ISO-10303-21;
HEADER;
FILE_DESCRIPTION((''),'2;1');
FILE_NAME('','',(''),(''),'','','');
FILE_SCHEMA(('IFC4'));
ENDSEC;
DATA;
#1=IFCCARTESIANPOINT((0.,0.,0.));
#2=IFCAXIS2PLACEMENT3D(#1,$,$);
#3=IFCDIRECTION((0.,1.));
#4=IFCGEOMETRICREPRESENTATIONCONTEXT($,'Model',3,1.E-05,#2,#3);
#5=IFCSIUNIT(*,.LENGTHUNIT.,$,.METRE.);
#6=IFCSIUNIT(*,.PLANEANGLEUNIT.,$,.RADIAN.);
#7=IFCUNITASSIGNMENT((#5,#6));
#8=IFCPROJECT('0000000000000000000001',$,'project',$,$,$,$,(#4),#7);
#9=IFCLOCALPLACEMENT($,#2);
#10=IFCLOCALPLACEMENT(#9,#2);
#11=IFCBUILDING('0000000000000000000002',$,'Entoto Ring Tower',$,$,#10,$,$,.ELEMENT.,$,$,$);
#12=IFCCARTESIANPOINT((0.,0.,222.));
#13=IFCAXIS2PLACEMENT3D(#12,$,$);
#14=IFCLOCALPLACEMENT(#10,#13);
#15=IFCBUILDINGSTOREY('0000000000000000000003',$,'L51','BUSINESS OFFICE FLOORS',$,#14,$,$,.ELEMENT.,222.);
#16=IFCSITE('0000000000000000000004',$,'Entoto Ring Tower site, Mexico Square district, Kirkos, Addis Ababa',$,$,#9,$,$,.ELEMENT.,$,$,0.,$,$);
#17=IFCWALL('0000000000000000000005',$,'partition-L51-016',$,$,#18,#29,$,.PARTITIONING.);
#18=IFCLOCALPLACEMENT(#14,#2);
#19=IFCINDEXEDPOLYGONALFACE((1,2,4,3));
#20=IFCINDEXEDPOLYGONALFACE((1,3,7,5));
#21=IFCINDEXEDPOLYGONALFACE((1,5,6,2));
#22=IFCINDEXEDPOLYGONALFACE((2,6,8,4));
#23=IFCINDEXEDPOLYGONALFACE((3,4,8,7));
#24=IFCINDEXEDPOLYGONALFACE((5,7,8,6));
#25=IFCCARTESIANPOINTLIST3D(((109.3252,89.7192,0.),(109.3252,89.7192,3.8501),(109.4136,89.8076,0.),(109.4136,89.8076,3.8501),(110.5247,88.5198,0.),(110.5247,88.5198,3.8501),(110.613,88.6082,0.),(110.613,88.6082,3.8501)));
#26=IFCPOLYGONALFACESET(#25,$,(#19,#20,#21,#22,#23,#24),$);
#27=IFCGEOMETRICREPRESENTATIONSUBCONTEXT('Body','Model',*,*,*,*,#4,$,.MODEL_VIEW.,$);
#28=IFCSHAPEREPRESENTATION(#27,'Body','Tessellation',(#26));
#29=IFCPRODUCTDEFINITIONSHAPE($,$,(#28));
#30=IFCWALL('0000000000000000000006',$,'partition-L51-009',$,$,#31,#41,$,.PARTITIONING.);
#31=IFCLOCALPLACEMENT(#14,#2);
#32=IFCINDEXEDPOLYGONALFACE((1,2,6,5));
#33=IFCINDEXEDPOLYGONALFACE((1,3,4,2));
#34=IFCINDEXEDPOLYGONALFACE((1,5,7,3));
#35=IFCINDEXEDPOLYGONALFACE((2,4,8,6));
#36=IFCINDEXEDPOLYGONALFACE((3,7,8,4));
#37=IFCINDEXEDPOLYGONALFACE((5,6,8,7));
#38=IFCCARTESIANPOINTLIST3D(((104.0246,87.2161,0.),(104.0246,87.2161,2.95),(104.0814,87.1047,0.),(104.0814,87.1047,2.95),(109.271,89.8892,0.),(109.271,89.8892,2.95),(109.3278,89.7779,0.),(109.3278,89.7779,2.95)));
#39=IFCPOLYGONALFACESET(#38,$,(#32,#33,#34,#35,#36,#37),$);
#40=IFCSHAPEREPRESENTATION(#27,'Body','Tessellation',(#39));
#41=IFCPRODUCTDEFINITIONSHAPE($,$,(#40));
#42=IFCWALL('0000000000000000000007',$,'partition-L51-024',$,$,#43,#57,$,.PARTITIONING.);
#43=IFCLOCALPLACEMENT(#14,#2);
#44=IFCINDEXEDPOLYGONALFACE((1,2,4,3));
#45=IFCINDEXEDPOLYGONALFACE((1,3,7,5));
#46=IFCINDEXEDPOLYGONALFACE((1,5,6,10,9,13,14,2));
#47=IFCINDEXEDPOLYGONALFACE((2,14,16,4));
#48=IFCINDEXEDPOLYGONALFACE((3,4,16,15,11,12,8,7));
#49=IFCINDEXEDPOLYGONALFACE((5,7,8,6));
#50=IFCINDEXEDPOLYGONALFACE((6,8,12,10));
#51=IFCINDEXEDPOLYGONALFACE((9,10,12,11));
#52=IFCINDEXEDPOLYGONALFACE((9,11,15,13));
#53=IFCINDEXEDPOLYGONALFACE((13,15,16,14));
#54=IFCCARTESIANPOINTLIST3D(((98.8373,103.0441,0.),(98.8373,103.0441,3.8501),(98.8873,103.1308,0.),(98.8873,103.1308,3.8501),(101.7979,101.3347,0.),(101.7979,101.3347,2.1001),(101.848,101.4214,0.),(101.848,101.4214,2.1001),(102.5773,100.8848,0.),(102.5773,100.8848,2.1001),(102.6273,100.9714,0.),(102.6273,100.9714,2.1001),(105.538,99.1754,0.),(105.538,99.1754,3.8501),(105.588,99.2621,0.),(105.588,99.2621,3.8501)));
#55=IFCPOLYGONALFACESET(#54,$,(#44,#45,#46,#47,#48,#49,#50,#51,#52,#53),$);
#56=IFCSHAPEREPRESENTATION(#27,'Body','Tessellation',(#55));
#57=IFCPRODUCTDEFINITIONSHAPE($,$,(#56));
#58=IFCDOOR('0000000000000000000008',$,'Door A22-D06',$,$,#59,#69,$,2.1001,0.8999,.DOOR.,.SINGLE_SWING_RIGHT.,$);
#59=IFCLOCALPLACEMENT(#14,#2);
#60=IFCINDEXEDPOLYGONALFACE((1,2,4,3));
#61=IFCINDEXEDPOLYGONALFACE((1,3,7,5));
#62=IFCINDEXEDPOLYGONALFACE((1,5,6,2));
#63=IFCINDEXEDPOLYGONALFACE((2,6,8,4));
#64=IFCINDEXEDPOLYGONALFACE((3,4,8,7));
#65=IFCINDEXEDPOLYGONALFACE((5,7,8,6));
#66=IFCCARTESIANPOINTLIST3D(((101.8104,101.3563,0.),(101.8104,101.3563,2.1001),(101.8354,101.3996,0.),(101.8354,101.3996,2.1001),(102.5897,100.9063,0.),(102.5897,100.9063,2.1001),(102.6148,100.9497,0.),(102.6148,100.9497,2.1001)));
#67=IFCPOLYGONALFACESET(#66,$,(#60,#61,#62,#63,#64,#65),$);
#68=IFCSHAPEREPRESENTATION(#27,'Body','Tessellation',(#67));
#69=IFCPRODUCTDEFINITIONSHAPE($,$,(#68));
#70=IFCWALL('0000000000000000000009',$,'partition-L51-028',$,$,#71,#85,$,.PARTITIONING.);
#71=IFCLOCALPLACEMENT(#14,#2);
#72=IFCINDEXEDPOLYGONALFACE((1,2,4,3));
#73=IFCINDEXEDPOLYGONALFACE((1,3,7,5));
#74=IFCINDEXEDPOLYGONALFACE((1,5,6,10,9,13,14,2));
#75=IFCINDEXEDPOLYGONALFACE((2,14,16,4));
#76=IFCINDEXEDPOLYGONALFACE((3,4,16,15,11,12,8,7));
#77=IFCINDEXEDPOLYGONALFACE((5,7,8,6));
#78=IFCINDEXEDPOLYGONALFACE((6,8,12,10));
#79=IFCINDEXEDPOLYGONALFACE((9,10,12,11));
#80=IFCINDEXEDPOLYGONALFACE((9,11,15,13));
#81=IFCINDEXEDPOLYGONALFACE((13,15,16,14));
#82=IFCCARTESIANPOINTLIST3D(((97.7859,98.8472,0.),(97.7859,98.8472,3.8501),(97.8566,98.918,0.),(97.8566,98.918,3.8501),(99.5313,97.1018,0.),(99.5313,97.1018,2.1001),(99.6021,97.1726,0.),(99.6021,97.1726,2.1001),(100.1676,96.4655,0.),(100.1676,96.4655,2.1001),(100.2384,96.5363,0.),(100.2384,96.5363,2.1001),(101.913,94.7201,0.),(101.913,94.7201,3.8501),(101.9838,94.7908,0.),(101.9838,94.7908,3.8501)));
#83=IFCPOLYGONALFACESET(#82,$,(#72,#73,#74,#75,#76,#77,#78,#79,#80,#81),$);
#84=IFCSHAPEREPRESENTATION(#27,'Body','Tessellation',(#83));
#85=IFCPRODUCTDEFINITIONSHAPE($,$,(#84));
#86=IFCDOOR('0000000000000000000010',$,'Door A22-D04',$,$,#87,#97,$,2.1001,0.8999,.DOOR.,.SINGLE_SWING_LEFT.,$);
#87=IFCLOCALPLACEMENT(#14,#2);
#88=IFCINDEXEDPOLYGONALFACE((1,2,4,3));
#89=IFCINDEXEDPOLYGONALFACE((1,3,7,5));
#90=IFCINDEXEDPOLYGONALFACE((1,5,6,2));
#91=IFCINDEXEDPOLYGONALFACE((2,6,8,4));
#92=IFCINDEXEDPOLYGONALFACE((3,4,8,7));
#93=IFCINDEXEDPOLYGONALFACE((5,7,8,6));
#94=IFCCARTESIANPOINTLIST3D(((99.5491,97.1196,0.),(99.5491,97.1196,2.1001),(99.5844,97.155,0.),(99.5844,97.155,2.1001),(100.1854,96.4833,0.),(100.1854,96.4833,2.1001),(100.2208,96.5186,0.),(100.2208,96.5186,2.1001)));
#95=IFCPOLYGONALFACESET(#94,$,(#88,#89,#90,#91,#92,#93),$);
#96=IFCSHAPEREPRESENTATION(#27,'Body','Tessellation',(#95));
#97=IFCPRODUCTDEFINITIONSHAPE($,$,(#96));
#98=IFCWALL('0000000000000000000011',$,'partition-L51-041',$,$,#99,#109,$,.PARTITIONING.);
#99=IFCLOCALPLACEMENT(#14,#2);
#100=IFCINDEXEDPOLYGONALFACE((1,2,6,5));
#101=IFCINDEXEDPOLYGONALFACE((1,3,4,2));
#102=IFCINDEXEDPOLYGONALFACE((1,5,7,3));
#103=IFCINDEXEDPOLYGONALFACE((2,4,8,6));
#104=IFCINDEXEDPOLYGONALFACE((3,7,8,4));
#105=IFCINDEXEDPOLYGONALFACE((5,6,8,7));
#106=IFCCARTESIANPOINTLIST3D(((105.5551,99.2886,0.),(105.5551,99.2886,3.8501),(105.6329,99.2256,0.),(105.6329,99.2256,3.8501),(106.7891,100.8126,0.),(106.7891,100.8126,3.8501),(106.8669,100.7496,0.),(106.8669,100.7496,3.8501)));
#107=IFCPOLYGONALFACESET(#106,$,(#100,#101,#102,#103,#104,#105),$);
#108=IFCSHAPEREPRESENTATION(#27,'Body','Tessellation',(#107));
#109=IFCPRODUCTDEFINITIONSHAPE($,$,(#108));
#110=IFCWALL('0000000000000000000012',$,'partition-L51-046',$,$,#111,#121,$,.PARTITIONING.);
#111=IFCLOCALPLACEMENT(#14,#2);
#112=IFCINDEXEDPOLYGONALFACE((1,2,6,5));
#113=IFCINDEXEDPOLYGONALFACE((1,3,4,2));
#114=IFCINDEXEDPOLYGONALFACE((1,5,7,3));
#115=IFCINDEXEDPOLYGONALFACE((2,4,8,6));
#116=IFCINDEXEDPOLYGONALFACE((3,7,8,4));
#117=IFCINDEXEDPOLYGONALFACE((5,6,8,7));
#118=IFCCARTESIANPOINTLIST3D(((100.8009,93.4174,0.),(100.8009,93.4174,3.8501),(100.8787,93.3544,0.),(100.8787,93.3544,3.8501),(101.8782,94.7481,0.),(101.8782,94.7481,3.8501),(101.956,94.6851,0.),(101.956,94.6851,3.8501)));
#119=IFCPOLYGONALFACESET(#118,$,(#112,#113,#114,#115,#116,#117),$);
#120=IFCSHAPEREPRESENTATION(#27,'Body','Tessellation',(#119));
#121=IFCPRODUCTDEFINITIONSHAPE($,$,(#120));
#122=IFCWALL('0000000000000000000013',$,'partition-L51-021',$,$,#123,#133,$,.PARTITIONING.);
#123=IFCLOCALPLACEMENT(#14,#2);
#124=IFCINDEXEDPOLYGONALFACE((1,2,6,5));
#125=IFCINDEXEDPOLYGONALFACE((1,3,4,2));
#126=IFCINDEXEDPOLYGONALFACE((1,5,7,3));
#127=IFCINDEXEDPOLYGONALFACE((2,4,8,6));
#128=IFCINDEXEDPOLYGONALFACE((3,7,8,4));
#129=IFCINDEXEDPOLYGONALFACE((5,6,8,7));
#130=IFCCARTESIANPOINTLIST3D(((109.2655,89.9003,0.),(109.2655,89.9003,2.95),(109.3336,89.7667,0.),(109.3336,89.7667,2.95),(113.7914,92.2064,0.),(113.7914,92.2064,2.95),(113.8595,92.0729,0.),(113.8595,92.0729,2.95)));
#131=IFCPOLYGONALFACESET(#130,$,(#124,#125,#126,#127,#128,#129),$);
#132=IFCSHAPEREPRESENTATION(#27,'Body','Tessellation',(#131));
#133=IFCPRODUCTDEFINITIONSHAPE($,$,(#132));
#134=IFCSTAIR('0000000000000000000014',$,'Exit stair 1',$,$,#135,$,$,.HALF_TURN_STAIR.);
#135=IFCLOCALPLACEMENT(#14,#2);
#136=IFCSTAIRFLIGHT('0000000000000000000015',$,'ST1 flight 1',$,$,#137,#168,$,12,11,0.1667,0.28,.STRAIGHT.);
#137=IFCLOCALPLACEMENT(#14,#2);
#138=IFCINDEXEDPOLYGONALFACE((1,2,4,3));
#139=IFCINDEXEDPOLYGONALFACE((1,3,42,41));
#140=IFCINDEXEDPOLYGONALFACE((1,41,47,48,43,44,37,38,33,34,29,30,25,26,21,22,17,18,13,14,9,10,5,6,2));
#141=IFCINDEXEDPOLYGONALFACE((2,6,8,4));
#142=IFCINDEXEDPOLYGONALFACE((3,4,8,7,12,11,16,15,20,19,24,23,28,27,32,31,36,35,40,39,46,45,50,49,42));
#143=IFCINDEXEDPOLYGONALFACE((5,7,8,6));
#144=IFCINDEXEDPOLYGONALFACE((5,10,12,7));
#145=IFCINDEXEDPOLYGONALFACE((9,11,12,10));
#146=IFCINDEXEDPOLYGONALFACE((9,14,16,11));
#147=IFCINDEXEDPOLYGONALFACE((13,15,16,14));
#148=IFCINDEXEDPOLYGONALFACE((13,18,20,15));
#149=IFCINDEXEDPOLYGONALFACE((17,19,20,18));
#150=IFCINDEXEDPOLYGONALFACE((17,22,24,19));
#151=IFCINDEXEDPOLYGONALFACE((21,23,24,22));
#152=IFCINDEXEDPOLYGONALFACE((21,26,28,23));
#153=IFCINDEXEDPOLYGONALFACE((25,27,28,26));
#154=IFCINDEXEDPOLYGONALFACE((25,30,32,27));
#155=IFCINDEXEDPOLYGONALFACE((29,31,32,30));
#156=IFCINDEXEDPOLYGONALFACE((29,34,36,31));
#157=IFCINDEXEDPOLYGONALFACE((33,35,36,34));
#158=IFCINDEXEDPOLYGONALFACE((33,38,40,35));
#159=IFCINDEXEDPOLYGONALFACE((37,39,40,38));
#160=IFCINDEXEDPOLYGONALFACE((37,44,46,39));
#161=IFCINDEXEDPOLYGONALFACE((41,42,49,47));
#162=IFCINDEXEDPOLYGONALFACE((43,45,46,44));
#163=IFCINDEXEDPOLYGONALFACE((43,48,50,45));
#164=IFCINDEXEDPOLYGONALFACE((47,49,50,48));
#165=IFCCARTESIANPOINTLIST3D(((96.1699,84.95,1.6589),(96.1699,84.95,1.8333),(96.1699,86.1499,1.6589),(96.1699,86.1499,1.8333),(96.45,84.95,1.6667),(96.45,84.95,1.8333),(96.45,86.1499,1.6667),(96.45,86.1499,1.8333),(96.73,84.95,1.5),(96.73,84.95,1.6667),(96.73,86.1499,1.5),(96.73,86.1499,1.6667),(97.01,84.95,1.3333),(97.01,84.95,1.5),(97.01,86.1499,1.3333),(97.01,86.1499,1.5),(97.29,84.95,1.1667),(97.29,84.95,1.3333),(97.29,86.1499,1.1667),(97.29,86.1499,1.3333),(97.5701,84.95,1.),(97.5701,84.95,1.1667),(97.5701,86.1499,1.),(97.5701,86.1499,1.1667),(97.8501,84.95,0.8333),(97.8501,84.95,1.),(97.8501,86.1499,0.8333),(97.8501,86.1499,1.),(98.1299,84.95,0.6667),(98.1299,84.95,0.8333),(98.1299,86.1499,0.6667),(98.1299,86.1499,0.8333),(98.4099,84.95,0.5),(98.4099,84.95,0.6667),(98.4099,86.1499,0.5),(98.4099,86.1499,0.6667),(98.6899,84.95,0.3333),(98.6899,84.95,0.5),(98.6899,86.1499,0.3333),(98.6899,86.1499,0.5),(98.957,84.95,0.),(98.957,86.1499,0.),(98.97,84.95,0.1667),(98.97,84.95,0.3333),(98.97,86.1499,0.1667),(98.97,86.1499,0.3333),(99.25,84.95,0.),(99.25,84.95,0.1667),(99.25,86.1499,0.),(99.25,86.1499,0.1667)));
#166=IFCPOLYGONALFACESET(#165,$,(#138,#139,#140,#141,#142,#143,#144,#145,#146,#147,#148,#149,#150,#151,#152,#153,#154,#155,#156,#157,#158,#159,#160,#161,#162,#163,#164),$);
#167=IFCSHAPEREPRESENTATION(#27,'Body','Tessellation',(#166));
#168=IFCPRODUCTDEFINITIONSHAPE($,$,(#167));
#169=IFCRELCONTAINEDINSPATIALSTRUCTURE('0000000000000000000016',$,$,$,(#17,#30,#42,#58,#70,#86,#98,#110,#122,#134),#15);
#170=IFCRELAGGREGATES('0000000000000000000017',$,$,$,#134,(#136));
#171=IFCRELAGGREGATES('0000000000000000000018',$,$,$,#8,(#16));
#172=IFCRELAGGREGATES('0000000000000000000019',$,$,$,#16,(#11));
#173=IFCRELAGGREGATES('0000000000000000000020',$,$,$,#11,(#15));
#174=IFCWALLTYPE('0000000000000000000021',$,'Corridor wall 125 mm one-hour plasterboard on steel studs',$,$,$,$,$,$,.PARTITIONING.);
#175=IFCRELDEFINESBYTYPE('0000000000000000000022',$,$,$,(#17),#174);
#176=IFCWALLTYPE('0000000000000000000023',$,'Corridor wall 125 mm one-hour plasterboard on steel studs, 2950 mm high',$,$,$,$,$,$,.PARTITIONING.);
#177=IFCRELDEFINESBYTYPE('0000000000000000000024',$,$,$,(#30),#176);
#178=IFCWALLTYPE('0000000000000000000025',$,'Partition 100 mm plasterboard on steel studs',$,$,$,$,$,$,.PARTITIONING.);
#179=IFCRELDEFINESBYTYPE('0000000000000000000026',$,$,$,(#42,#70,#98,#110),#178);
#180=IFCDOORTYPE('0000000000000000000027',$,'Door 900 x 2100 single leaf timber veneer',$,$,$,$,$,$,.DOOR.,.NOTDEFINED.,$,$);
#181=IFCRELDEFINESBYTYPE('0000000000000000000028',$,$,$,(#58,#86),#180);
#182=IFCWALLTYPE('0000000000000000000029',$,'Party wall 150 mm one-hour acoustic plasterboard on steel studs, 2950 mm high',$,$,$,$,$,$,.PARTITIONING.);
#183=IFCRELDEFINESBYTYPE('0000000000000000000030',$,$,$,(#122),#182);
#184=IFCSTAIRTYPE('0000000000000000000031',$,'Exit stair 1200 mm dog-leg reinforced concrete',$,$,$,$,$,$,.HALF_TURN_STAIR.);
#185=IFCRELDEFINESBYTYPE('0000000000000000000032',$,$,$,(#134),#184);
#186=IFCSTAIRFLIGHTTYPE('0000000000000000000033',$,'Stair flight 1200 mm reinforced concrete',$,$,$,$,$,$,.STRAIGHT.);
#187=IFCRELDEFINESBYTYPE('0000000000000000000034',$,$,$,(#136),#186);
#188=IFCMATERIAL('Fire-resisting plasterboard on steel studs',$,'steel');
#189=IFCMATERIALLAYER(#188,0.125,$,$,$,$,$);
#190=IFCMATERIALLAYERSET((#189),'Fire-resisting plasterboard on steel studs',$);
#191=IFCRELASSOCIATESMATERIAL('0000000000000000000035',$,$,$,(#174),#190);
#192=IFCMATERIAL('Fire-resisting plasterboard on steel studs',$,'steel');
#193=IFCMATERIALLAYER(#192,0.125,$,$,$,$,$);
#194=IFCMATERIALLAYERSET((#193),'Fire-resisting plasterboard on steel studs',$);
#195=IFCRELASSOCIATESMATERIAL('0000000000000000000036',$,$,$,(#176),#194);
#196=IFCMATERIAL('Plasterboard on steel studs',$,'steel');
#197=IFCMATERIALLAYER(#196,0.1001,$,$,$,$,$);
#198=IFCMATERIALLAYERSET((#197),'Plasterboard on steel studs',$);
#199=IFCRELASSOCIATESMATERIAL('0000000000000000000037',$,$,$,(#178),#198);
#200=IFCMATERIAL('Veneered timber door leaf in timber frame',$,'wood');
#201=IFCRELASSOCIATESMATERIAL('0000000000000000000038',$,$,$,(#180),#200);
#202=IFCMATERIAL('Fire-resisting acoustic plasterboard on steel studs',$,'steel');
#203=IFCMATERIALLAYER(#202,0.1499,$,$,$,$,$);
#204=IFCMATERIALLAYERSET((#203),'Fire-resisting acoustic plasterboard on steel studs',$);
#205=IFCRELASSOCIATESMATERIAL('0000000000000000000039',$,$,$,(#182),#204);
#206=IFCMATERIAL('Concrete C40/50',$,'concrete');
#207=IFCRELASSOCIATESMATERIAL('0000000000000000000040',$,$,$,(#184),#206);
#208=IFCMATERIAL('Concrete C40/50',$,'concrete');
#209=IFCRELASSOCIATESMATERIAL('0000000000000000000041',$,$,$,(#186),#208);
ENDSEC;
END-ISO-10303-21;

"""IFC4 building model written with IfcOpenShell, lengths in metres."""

from ifc_helpers import new_model, si_unit, direction, frame, frame_2d, origin, place, context, subcontext, project, spatial, polyline, rectangle, outline, extrude, material, layer, layer_set, type_object, element, fill, aggregate, save


model = new_model("IFC4")

# Units and contexts
model_context = context("Model", 3, precision=1e-05, world=origin(), true_north=direction((0.0, 1.0)))
body_context = subcontext(model_context, "Body", "Model", "MODEL_VIEW")
ifc_project = project(units=[si_unit("LENGTHUNIT", "METRE"), si_unit("PLANEANGLEUNIT", "RADIAN")], contexts=[model_context])

# Site, building, storey
site_placement = place(None, origin())
site = spatial("IfcSite", under=ifc_project, at=site_placement, Name="Entoto Ring Tower site, Mexico Square district, Kirkos, Addis Ababa", CompositionType="ELEMENT", RefElevation=0.0)
building_placement = place(site_placement, origin())
building = spatial("IfcBuilding", under=site, at=building_placement, Name="Entoto Ring Tower", CompositionType="ELEMENT")
storey_placement = place(building_placement, frame((0.0, 0.0, 222.0)))
storey = spatial("IfcBuildingStorey", under=building, at=storey_placement, Name="L51", Description="BUSINESS OFFICE FLOORS", CompositionType="ELEMENT", Elevation=222.0)

# Shared definitions
ifc_material_1 = material(Name="Fire-resisting plasterboard on steel studs", Category="steel")
ifc_layer_1 = layer(ifc_material_1, 0.125)
ifc_layer_set_1 = layer_set([ifc_layer_1], Name="Fire-resisting plasterboard on steel studs")
wall_type_1 = type_object("IfcWallType", Name="Corridor wall 125 mm one-hour plasterboard on steel studs", PredefinedType="PARTITIONING", material=ifc_layer_set_1)

# Walls
wall_1_placement = place(storey_placement, frame((110.5688, 88.564, 0.0), z_axis=(0.0, 0.0, 1.0), x_axis=(-0.707107, 0.707107, 0.0)))
element("IfcWall", 1, at=wall_1_placement, inside=storey, type_object=wall_type_1, Name="partition-L51-016", PredefinedType="PARTITIONING", context=body_context, shape_type="SweptSolid", body=[
    extrude(rectangle(XDim=1.6963, YDim=0.125, at=frame_2d((0.8481, 0.0))), origin(), (0.0, 0.0, 1.0), 3.8501),
])
ifc_material_2 = material(Name="Fire-resisting plasterboard on steel studs", Category="steel")
ifc_layer_2 = layer(ifc_material_2, 0.125)
ifc_layer_set_2 = layer_set([ifc_layer_2], Name="Fire-resisting plasterboard on steel studs")
wall_type_2 = type_object("IfcWallType", Name="Corridor wall 125 mm one-hour plasterboard on steel studs, 2950 mm high", PredefinedType="PARTITIONING", material=ifc_layer_set_2)
wall_2_placement = place(storey_placement, frame((104.053, 87.1604, 0.0), z_axis=(0.0, 0.0, 1.0), x_axis=(0.89101, 0.453984, 0.0)))
element("IfcWall", 2, at=wall_2_placement, inside=storey, type_object=wall_type_2, Name="partition-L51-009", PredefinedType="PARTITIONING", context=body_context, shape_type="SweptSolid", body=[
    extrude(rectangle(XDim=5.8882, YDim=0.125, at=frame_2d((2.9441, 0.0))), origin(), (0.0, 0.0, 1.0), 2.95),
])

# Walls, openings, doors
ifc_material_3 = material(Name="Plasterboard on steel studs", Category="steel")
ifc_layer_3 = layer(ifc_material_3, 0.1001)
ifc_layer_set_3 = layer_set([ifc_layer_3], Name="Plasterboard on steel studs")
wall_type_3 = type_object("IfcWallType", Name="Partition 100 mm plasterboard on steel studs", PredefinedType="PARTITIONING", material=ifc_layer_set_3)
wall_3_placement = place(storey_placement, frame((105.563, 99.2188, 0.0), z_axis=(0.0, 0.0, 1.0), x_axis=(-0.866025, 0.500001, 0.0)))
wall_3 = element("IfcWall", 3, at=wall_3_placement, inside=storey, type_object=wall_type_3, Name="partition-L51-024", PredefinedType="PARTITIONING", context=body_context, shape_type="SweptSolid", body=[
    extrude(rectangle(XDim=7.7373, YDim=0.1001, at=frame_2d((3.8687, 0.0))), origin(), (0.0, 0.0, 1.0), 3.8501),
])
opening_1_placement = place(wall_3_placement, frame((3.4187, 0.0, 0.0)))
opening_1 = element("IfcOpeningElement", 4, at=opening_1_placement, cuts=wall_3, PredefinedType="OPENING", context=body_context, shape_type="SweptSolid", body=[
    extrude(rectangle(XDim=0.8999, YDim=2.1001, at=frame_2d((0.45, 1.05))), frame((0.0, 0.0601, 0.0), z_axis=(0.0, -1.0, 0.0), x_axis=(1.0, 0.0, 0.0)), (0.0, 0.0, 1.0), 0.1201),
])
ifc_material_4 = material(Name="Veneered timber door leaf in timber frame", Category="wood")
door_type_1 = type_object("IfcDoorType", Name="Door 900 x 2100 single leaf timber veneer", OperationType="NOTDEFINED", PredefinedType="DOOR", material=ifc_material_4)
door_1_placement = place(opening_1_placement, frame((0.8999, 0.0, 0.0), z_axis=(0.0, 0.0, 1.0), x_axis=(-1.0, 0.0, 0.0)))
door_1 = element("IfcDoor", 5, at=door_1_placement, inside=storey, type_object=door_type_1, Name="Door A22-D06", OperationType="SINGLE_SWING_RIGHT", OverallHeight=2.1001, OverallWidth=0.8999, PredefinedType="DOOR", context=body_context, shape_type="SweptSolid", body=[
    extrude(rectangle(XDim=0.8999, YDim=2.1001, at=frame_2d((0.45, 1.05))), frame((0.0, 0.0249, 0.0), z_axis=(0.0, -1.0, 0.0), x_axis=(1.0, 0.0, 0.0)), (0.0, 0.0, 1.0), 0.05),
])
fill(opening_1, door_1)
wall_4_placement = place(storey_placement, frame((101.9485, 94.7554, 0.0), z_axis=(0.0, 0.0, 1.0), x_axis=(-0.707107, 0.707107, 0.0)))
wall_4 = element("IfcWall", 6, at=wall_4_placement, inside=storey, type_object=wall_type_3, Name="partition-L51-028", PredefinedType="PARTITIONING", context=body_context, shape_type="SweptSolid", body=[
    extrude(rectangle(XDim=5.8367, YDim=0.1001, at=frame_2d((2.9185, 0.0))), origin(), (0.0, 0.0, 1.0), 3.8501),
])
opening_2_placement = place(wall_4_placement, frame((2.4685, 0.0, 0.0)))
opening_2 = element("IfcOpeningElement", 7, at=opening_2_placement, cuts=wall_4, PredefinedType="OPENING", context=body_context, shape_type="SweptSolid", body=[
    extrude(rectangle(XDim=0.8999, YDim=2.1001, at=frame_2d((0.45, 1.05))), frame((0.0, 0.0601, 0.0), z_axis=(0.0, -1.0, 0.0), x_axis=(1.0, 0.0, 0.0)), (0.0, 0.0, 1.0), 0.1201),
])
door_2_placement = place(opening_2_placement, origin())
door_2 = element("IfcDoor", 8, at=door_2_placement, inside=storey, type_object=door_type_1, Name="Door A22-D04", OperationType="SINGLE_SWING_LEFT", OverallHeight=2.1001, OverallWidth=0.8999, PredefinedType="DOOR", context=body_context, shape_type="SweptSolid", body=[
    extrude(rectangle(XDim=0.8999, YDim=2.1001, at=frame_2d((0.45, 1.05))), frame((0.0, 0.0249, 0.0), z_axis=(0.0, -1.0, 0.0), x_axis=(1.0, 0.0, 0.0)), (0.0, 0.0, 1.0), 0.05),
])
fill(opening_2, door_2)

# Walls
wall_5_placement = place(storey_placement, frame((105.594, 99.2571, 0.0), z_axis=(0.0, 0.0, 1.0), x_axis=(0.62927, 0.777187, 0.0)))
element("IfcWall", 9, at=wall_5_placement, inside=storey, type_object=wall_type_3, Name="partition-L51-041", PredefinedType="PARTITIONING", context=body_context, shape_type="SweptSolid", body=[
    extrude(rectangle(XDim=1.9609, YDim=0.1001, at=frame_2d((0.9805, 0.0))), origin(), (0.0, 0.0, 1.0), 3.8501),
])
wall_6_placement = place(storey_placement, frame((100.8398, 93.386, 0.0), z_axis=(0.0, 0.0, 1.0), x_axis=(0.629223, 0.777225, 0.0)))
element("IfcWall", 10, at=wall_6_placement, inside=storey, type_object=wall_type_3, Name="partition-L51-046", PredefinedType="PARTITIONING", context=body_context, shape_type="SweptSolid", body=[
    extrude(rectangle(XDim=1.7122, YDim=0.1001, at=frame_2d((0.856, 0.0))), origin(), (0.0, 0.0, 1.0), 3.8501),
])
ifc_material_5 = material(Name="Fire-resisting acoustic plasterboard on steel studs", Category="steel")
ifc_layer_4 = layer(ifc_material_5, 0.1499)
ifc_layer_set_4 = layer_set([ifc_layer_4], Name="Fire-resisting acoustic plasterboard on steel studs")
wall_type_4 = type_object("IfcWallType", Name="Party wall 150 mm one-hour acoustic plasterboard on steel studs, 2950 mm high", PredefinedType="PARTITIONING", material=ifc_layer_set_4)
wall_7_placement = place(storey_placement, frame((109.2996, 89.8335, 0.0), z_axis=(0.0, 0.0, 1.0), x_axis=(0.890998, 0.454006, 0.0)))
element("IfcWall", 11, at=wall_7_placement, inside=storey, type_object=wall_type_4, Name="partition-L51-021", PredefinedType="PARTITIONING", context=body_context, shape_type="SweptSolid", body=[
    extrude(rectangle(XDim=5.0796, YDim=0.1499, at=frame_2d((2.5398, 0.0))), origin(), (0.0, 0.0, 1.0), 2.95),
])

# Stair, stair flight
ifc_material_6 = material(Name="Concrete C40/50", Category="concrete")
stair_type = type_object("IfcStairType", Name="Exit stair 1200 mm dog-leg reinforced concrete", PredefinedType="HALF_TURN_STAIR", material=ifc_material_6)
stair_placement = place(storey_placement, origin())
stair = element("IfcStair", 12, at=stair_placement, inside=storey, type_object=stair_type, Name="Exit stair 1", PredefinedType="HALF_TURN_STAIR")
ifc_material_7 = material(Name="Concrete C40/50", Category="concrete")
stair_flight_type = type_object("IfcStairFlightType", Name="Stair flight 1200 mm reinforced concrete", PredefinedType="STRAIGHT", material=ifc_material_7)
stair_flight_placement = place(storey_placement, frame((99.25, 85.55, 0.0), z_axis=(0.0, 0.0, 1.0), x_axis=(-1.0, 0.0, 0.0)))
stair_flight = element("IfcStairFlight", 13, at=stair_flight_placement, type_object=stair_flight_type, Name="ST1 flight 1", NumberOfRisers=12, NumberOfTreads=11, PredefinedType="STRAIGHT", RiserHeight=0.1667, TreadLength=0.28, context=body_context, shape_type="SweptSolid", body=[
    extrude(outline(polyline([(0.0, 0.0), (0.0, 0.1667), (0.28, 0.1667), (0.28, 0.3333), (0.5601, 0.3333), (0.5601, 0.5), (0.8401, 0.5), (0.8401, 0.6667), (1.1201, 0.6667), (1.1201, 0.8333), (1.3999, 0.8333), (1.3999, 1.0), (1.6799, 1.0), (1.6799, 1.1667), (1.96, 1.1667), (1.96, 1.3333), (2.24, 1.3333), (2.24, 1.5), (2.52, 1.5), (2.52, 1.6667), (2.8, 1.6667), (2.8, 1.8333), (3.0801, 1.8333), (3.0801, 2.0), (3.0801, 1.6589), (0.293, 0.0), (0.0, 0.0)])), frame((0.0, 0.6001, 0.0), z_axis=(0.0, -1.0, 0.0), x_axis=(1.0, 0.0, 0.0)), (0.0, 0.0, 1.0), 1.2),
])
aggregate(stair, [stair_flight])

save(model, "model.ifc")
